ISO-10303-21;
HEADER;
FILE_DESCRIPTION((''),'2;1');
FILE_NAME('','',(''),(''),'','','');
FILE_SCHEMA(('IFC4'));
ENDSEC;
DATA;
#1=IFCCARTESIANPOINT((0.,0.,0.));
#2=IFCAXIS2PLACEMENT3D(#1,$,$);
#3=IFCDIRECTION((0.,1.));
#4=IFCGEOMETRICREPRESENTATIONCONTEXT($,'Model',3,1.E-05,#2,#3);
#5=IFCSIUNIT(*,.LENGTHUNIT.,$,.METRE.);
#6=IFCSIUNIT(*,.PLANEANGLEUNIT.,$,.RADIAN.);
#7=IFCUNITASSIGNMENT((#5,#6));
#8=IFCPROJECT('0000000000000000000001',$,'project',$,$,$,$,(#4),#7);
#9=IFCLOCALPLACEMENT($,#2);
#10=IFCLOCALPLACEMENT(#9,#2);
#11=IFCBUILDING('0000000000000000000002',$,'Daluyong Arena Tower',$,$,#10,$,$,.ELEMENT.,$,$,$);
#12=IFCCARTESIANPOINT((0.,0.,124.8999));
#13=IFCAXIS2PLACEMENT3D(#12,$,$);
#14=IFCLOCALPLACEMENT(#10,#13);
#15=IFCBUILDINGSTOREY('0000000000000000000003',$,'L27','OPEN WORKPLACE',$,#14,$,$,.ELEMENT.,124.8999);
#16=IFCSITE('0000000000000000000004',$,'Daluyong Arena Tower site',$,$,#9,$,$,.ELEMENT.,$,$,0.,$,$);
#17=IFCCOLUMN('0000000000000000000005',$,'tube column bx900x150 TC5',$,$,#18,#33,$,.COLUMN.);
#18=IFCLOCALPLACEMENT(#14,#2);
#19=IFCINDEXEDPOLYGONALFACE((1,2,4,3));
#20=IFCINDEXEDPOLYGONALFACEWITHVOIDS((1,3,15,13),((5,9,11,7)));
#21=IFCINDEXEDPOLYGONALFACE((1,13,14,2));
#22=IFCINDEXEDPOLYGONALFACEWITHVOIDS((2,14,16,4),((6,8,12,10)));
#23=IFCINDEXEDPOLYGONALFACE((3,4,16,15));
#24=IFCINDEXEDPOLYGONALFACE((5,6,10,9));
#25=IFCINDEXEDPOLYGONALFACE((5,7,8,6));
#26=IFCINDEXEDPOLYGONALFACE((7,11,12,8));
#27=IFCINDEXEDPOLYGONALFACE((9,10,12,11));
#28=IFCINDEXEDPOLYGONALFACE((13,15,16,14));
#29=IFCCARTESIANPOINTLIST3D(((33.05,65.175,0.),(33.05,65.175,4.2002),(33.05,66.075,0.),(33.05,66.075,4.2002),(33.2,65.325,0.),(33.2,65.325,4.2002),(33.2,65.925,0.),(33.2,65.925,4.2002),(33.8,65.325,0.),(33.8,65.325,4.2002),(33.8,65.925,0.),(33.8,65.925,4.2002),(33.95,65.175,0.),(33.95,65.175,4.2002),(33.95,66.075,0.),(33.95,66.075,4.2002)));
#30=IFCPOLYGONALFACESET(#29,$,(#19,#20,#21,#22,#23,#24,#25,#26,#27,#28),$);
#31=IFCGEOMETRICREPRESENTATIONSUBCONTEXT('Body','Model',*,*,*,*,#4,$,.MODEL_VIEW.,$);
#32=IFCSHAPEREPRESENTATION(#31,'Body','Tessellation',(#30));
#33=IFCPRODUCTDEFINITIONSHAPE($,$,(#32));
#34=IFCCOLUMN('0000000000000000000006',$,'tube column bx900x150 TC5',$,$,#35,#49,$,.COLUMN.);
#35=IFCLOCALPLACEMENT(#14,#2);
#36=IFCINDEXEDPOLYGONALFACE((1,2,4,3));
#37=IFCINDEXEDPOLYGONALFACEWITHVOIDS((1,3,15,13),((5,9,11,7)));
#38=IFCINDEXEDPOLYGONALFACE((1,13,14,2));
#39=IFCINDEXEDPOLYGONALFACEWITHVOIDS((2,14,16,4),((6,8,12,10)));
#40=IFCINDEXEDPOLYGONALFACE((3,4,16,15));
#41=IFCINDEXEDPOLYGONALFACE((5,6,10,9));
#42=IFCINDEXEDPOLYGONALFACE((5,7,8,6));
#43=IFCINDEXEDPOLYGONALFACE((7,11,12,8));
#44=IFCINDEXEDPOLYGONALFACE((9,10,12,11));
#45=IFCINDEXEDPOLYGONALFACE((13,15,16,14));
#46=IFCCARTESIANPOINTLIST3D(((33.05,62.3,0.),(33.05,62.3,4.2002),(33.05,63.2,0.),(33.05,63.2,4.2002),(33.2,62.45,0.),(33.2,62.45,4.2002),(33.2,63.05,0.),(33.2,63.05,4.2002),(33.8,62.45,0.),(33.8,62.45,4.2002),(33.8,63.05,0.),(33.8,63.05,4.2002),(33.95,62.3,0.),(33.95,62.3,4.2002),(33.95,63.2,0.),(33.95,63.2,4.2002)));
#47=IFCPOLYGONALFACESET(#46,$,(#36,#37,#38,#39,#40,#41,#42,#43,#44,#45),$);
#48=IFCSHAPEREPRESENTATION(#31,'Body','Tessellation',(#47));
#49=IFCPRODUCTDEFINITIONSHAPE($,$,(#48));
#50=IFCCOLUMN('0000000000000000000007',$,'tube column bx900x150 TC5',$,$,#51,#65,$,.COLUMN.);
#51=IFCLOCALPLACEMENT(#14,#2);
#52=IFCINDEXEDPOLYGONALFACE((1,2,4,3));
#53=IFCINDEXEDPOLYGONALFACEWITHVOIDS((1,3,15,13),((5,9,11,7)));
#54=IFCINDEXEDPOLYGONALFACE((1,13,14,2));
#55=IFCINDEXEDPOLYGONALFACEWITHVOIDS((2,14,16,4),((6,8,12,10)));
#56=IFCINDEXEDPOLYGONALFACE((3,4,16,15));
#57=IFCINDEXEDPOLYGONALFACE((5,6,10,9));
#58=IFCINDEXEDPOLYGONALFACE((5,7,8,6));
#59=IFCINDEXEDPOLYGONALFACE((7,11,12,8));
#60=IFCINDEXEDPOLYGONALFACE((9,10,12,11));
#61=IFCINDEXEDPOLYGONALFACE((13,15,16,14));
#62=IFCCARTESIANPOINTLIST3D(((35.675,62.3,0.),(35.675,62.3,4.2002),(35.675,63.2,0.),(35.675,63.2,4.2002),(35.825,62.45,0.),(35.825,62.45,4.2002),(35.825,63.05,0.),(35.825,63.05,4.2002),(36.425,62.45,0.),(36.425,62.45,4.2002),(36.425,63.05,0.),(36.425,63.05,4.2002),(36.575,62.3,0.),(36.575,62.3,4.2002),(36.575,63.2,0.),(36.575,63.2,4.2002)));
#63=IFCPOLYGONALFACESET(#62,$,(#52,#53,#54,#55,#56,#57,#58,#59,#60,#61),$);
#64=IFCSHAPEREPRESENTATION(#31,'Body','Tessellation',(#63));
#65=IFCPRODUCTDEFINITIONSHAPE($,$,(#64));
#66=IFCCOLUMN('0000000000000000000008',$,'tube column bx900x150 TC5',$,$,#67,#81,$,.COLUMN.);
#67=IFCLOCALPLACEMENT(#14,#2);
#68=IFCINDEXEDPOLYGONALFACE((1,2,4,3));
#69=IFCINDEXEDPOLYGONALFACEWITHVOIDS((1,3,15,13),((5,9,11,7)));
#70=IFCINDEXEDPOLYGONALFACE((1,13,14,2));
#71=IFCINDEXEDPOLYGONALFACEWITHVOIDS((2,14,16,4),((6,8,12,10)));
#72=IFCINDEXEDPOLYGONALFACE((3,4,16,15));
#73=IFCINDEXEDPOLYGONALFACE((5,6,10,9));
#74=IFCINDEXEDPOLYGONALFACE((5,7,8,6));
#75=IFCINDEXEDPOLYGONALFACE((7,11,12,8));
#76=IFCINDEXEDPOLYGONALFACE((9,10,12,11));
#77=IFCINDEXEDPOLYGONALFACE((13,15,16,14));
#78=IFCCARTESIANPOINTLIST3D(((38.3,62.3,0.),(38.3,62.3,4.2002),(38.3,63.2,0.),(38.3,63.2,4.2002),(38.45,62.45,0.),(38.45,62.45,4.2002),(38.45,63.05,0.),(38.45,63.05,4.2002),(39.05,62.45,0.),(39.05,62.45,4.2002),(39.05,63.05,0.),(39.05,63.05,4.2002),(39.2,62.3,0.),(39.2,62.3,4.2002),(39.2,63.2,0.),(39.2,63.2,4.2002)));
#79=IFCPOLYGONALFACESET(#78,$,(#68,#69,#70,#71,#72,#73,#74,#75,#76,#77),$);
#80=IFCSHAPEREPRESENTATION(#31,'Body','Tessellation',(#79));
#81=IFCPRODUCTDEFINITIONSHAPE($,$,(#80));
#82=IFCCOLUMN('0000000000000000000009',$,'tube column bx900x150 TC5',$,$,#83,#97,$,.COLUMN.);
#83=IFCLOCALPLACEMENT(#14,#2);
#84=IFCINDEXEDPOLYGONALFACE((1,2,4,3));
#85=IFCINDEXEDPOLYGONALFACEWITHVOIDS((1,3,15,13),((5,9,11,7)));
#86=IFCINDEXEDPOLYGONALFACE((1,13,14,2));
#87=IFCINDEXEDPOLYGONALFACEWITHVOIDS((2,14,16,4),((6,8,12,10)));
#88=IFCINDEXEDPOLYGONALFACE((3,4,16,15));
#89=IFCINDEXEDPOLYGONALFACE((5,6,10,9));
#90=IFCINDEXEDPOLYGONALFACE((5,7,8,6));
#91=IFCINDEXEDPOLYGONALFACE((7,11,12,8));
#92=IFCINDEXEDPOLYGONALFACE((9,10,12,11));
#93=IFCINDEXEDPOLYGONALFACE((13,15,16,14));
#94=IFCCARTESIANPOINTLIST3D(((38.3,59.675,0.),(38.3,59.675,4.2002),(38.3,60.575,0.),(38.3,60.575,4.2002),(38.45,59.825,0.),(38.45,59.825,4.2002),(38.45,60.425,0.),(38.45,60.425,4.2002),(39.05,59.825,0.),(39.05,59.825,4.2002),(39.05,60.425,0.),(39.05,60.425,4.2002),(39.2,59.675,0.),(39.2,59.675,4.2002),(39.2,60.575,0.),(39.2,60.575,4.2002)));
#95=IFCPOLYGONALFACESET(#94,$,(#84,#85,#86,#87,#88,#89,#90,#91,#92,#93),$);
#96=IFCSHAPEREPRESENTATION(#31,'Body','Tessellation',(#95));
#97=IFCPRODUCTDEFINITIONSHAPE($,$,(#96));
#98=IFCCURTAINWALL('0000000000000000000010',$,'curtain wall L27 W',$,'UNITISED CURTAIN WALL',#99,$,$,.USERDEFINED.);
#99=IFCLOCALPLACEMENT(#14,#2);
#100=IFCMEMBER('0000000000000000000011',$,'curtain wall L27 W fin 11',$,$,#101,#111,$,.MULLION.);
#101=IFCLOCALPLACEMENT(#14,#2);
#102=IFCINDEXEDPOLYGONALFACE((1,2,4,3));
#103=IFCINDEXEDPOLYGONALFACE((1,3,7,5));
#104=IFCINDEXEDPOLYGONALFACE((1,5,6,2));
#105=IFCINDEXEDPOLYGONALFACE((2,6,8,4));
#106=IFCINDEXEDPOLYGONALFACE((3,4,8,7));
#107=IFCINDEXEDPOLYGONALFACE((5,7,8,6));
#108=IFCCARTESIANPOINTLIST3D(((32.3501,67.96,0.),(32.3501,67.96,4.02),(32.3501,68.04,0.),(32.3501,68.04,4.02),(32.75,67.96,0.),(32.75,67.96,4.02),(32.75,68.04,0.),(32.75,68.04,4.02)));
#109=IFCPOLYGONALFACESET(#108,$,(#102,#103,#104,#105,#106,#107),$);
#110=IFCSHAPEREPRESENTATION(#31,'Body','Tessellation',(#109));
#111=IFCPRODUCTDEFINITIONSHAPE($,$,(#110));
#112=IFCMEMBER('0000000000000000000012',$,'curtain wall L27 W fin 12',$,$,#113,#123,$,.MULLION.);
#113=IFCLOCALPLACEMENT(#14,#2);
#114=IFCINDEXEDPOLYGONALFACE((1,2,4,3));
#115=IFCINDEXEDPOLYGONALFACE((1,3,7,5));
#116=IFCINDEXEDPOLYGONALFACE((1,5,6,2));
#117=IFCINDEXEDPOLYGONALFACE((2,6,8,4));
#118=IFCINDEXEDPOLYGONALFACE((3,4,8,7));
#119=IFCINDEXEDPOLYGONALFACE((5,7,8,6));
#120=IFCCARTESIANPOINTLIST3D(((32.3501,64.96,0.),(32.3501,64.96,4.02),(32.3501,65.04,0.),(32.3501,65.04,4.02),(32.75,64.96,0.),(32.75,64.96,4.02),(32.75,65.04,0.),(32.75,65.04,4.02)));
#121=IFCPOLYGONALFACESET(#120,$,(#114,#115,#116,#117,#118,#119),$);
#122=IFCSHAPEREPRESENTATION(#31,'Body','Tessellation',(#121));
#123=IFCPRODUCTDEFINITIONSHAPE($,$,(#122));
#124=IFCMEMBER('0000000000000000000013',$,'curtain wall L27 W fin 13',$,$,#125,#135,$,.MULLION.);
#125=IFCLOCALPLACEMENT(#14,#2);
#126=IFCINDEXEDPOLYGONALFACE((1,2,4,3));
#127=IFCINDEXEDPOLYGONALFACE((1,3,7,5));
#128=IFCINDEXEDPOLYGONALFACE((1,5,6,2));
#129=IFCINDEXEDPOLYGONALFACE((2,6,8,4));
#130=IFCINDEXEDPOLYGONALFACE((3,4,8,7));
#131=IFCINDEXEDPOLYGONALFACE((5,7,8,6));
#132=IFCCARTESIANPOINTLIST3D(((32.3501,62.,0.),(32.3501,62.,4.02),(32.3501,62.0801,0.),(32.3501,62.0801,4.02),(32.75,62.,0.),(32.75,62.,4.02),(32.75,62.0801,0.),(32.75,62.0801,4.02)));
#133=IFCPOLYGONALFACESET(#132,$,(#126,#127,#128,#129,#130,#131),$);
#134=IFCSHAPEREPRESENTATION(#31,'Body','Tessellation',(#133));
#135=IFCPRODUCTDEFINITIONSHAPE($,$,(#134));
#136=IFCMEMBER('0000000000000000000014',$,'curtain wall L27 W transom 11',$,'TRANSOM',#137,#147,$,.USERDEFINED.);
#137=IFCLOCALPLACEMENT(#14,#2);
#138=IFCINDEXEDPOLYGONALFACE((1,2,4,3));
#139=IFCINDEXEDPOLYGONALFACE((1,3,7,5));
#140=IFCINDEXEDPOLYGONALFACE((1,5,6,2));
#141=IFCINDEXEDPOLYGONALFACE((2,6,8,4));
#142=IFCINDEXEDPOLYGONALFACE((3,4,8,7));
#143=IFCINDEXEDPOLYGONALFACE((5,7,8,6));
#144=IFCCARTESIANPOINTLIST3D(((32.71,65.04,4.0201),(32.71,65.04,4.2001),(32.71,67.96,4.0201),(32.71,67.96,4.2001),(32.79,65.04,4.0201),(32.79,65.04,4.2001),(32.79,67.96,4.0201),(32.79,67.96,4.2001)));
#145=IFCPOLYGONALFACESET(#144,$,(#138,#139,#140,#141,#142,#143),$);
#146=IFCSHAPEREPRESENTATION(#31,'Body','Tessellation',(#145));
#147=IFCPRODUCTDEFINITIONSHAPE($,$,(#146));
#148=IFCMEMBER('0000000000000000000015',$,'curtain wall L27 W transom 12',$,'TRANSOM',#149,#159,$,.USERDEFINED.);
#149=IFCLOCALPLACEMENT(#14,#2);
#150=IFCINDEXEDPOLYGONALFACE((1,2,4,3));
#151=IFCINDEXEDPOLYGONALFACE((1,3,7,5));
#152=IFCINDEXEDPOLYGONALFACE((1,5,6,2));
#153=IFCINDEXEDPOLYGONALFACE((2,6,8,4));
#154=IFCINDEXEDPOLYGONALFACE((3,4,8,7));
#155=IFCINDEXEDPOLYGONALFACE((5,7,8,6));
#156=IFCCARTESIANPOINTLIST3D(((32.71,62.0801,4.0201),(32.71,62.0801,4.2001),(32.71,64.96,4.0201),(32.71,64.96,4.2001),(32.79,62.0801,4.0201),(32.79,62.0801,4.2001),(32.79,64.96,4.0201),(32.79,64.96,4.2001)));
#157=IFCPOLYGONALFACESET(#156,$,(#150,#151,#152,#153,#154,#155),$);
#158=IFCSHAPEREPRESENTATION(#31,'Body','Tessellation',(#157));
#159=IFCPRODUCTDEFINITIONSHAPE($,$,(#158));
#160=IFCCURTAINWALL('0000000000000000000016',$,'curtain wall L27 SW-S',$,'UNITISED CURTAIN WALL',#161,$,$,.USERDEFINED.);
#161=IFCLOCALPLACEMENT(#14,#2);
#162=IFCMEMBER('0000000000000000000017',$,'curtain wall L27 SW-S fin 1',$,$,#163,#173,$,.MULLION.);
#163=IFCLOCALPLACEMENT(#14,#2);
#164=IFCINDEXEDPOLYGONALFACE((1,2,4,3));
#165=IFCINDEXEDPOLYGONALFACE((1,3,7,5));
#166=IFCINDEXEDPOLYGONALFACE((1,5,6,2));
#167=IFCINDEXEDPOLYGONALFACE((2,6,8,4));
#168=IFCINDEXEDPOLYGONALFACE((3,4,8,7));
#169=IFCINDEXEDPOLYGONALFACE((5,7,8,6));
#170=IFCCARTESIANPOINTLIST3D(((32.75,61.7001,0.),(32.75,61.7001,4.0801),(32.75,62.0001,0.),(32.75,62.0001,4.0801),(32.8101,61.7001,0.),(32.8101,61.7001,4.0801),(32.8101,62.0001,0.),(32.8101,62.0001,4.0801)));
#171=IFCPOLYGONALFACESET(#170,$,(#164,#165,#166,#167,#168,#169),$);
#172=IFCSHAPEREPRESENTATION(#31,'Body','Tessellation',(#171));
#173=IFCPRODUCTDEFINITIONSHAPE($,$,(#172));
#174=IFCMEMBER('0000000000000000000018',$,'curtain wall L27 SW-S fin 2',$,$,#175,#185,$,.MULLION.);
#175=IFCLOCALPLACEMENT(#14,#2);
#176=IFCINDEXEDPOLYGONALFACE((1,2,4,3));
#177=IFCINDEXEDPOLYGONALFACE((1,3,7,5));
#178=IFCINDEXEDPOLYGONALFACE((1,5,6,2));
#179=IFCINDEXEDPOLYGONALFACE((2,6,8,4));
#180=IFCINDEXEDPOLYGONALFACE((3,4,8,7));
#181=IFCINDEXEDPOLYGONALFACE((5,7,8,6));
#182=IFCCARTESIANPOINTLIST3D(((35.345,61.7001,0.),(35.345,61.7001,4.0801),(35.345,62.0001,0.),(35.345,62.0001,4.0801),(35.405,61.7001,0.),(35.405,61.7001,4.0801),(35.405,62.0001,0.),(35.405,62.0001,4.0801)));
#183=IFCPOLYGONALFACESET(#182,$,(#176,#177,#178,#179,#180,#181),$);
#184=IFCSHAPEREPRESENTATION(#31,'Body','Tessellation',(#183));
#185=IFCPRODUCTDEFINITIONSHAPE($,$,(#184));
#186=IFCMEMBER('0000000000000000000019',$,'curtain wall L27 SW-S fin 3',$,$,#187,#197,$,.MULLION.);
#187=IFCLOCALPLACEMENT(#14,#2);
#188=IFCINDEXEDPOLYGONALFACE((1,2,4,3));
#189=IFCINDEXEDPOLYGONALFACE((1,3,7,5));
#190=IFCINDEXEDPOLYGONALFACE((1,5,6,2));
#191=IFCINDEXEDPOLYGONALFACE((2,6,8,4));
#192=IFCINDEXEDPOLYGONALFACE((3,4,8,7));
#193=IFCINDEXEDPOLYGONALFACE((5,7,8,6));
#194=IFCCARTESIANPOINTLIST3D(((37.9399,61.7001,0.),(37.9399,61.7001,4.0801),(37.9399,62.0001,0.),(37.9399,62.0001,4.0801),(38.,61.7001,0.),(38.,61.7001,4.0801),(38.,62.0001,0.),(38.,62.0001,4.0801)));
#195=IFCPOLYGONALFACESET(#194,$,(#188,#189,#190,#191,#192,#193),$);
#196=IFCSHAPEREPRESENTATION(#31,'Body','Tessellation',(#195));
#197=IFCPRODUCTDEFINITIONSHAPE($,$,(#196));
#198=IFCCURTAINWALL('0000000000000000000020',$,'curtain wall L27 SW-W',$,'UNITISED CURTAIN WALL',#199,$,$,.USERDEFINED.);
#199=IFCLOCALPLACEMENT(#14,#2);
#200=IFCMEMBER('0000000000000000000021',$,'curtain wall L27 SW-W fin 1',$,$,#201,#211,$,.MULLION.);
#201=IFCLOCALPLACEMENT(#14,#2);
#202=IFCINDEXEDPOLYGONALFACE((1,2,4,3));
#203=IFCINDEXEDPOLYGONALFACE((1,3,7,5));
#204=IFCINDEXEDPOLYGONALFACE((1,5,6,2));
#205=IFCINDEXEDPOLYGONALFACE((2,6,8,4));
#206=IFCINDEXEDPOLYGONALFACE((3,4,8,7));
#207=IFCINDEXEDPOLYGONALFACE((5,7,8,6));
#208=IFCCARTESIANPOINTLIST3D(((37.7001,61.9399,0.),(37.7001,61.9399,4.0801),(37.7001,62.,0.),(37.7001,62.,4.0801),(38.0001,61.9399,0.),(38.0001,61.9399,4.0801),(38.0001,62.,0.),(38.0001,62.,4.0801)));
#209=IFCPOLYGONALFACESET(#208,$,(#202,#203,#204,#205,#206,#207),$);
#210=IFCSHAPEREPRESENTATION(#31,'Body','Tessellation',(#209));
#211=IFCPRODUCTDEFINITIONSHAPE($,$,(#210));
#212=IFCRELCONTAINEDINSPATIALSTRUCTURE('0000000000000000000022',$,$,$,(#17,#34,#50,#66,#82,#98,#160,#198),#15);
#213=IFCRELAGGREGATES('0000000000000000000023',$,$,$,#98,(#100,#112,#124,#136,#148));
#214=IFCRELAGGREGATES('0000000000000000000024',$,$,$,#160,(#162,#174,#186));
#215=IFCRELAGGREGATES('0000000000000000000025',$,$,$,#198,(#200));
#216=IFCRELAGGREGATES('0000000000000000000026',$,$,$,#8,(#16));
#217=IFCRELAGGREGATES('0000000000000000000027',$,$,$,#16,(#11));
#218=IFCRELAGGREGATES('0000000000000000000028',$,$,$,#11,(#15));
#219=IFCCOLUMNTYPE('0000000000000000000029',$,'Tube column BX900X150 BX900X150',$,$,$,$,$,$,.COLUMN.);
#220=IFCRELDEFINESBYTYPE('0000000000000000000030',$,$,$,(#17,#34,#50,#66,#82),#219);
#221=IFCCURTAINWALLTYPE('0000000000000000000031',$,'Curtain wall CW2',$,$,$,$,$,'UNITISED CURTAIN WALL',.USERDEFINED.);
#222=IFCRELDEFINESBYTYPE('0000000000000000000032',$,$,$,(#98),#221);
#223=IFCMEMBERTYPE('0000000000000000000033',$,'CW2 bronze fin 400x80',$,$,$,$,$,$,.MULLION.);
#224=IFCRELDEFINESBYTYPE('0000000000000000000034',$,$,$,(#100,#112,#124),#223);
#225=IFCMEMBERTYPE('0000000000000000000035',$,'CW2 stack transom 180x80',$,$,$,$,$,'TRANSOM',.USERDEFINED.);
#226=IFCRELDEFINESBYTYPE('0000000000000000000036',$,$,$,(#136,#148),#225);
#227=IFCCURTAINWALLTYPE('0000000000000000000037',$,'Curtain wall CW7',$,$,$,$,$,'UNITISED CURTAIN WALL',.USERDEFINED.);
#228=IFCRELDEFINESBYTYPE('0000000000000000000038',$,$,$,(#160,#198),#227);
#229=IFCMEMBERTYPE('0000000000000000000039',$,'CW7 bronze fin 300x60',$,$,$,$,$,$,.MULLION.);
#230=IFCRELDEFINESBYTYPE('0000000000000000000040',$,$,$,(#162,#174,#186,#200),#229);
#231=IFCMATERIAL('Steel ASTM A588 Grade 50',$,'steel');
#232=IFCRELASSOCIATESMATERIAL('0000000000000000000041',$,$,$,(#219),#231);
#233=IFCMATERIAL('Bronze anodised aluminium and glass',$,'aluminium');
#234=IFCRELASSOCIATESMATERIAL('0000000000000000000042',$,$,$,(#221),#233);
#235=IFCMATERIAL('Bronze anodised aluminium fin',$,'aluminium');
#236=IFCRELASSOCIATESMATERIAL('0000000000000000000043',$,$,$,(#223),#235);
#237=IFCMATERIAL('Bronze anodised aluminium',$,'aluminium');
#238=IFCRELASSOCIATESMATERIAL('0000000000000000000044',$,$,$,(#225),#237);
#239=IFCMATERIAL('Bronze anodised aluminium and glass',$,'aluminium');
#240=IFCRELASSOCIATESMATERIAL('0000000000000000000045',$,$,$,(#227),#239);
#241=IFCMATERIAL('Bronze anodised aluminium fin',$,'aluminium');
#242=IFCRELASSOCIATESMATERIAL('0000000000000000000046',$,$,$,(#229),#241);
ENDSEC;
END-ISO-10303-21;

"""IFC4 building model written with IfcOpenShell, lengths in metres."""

from ifc_helpers import new_model, si_unit, direction, frame, origin, origin_2d, place, context, subcontext, project, spatial, rectangle, hollow_rectangle, extrude, material, material_profile, profile_set, type_object, element, aggregate, save


model = new_model("IFC4")

# Units and contexts
model_context = context("Model", 3, precision=1e-05, world=origin(), true_north=direction((0.0, 1.0)))
body_context = subcontext(model_context, "Body", "Model", "MODEL_VIEW")
ifc_project = project(units=[si_unit("LENGTHUNIT", "METRE"), si_unit("PLANEANGLEUNIT", "RADIAN")], contexts=[model_context])

# Site, building, storey
site_placement = place(None, origin())
site = spatial("IfcSite", under=ifc_project, at=site_placement, Name="Daluyong Arena Tower site", CompositionType="ELEMENT", RefElevation=0.0)
building_placement = place(site_placement, origin())
building = spatial("IfcBuilding", under=site, at=building_placement, Name="Daluyong Arena Tower", CompositionType="ELEMENT")
storey_placement = place(building_placement, frame((0.0, 0.0, 124.8999)))
storey = spatial("IfcBuildingStorey", under=building, at=storey_placement, Name="L27", Description="OPEN WORKPLACE", CompositionType="ELEMENT", Elevation=124.8999)

# Columns
ifc_material_1 = material(Name="Steel ASTM A588 Grade 50", Category="steel")
ifc_material_profile_1 = material_profile(ifc_material_1, hollow_rectangle(XDim=0.8999, YDim=0.8999, WallThickness=0.15, at=origin_2d()))
ifc_profile_set_1 = profile_set([ifc_material_profile_1], Name="Steel ASTM A588 Grade 50")
column_type = type_object("IfcColumnType", Name="Tube column BX900X150 BX900X150", PredefinedType="COLUMN", material=ifc_profile_set_1)
for number, where, z_axis, x_axis, name in (
    (1, (33.5, 65.625, 0.0), (0.0, 0.0, 1.0), (0.0, 1.0, 0.0), "tube column bx900x150 TC5"),
    (2, (33.5, 62.75, 0.0), (0.0, 0.0, 1.0), (1.0, 0.0, 0.0), "tube column bx900x150 TC5"),
    (3, (36.125, 62.75, 0.0), (0.0, 0.0, 1.0), (1.0, 0.0, 0.0), "tube column bx900x150 TC5"),
    (4, (38.75, 62.75, 0.0), (0.0, 0.0, 1.0), (0.0, 1.0, 0.0), "tube column bx900x150 TC5"),
    (5, (38.75, 60.125, 0.0), (0.0, 0.0, 1.0), (0.0, 1.0, 0.0), "tube column bx900x150 TC5"),
):
    element("IfcColumn", number, at=place(storey_placement, frame(where, z_axis=z_axis, x_axis=x_axis)), inside=storey, type_object=column_type, Name=name, PredefinedType="COLUMN", context=body_context, shape_type="SweptSolid", body=[
        extrude(hollow_rectangle(XDim=0.8999, YDim=0.8999, WallThickness=0.15, at=origin_2d()), origin(), (0.0, 0.0, 1.0), 4.2002),
    ])

# Curtain walls, members
ifc_material_2 = material(Name="Bronze anodised aluminium and glass", Category="aluminium")
curtain_wall_type_1 = type_object("IfcCurtainWallType", Name="Curtain wall CW2", ElementType="UNITISED CURTAIN WALL", PredefinedType="USERDEFINED", material=ifc_material_2)
curtain_wall_1_placement = place(storey_placement, origin())
curtain_wall_1 = element("IfcCurtainWall", 6, at=curtain_wall_1_placement, inside=storey, type_object=curtain_wall_type_1, Name="curtain wall L27 W", ObjectType="UNITISED CURTAIN WALL", PredefinedType="USERDEFINED")
ifc_material_3 = material(Name="Bronze anodised aluminium fin", Category="aluminium")
ifc_material_profile_2 = material_profile(ifc_material_3, rectangle(XDim=0.3999, YDim=0.0801, at=origin_2d()))
ifc_profile_set_2 = profile_set([ifc_material_profile_2], Name="Bronze anodised aluminium fin")
member_type_1 = type_object("IfcMemberType", Name="CW2 bronze fin 400x80", PredefinedType="MULLION", material=ifc_profile_set_2)
member_1_placement = place(storey_placement, frame((32.55, 68.0, 0.0), z_axis=(0.0, 0.0, 1.0), x_axis=(1.0, 0.0, 0.0)))
member_1 = element("IfcMember", 7, at=member_1_placement, type_object=member_type_1, Name="curtain wall L27 W fin 11", PredefinedType="MULLION", context=body_context, shape_type="SweptSolid", body=[
    extrude(rectangle(XDim=0.3999, YDim=0.0801, at=origin_2d()), origin(), (0.0, 0.0, 1.0), 4.02),
])
member_2_placement = place(storey_placement, frame((32.55, 65.0, 0.0), z_axis=(0.0, 0.0, 1.0), x_axis=(1.0, 0.0, 0.0)))
member_2 = element("IfcMember", 8, at=member_2_placement, type_object=member_type_1, Name="curtain wall L27 W fin 12", PredefinedType="MULLION", context=body_context, shape_type="SweptSolid", body=[
    extrude(rectangle(XDim=0.3999, YDim=0.0801, at=origin_2d()), origin(), (0.0, 0.0, 1.0), 4.02),
])
member_3_placement = place(storey_placement, frame((32.55, 62.04, 0.0), z_axis=(0.0, 0.0, 1.0), x_axis=(1.0, 0.0, 0.0)))
member_3 = element("IfcMember", 9, at=member_3_placement, type_object=member_type_1, Name="curtain wall L27 W fin 13", PredefinedType="MULLION", context=body_context, shape_type="SweptSolid", body=[
    extrude(rectangle(XDim=0.3999, YDim=0.0801, at=origin_2d()), origin(), (0.0, 0.0, 1.0), 4.02),
])
ifc_material_4 = material(Name="Bronze anodised aluminium", Category="aluminium")
ifc_material_profile_3 = material_profile(ifc_material_4, rectangle(XDim=0.0801, YDim=0.1799, at=origin_2d()))
ifc_profile_set_3 = profile_set([ifc_material_profile_3], Name="Bronze anodised aluminium")
member_type_2 = type_object("IfcMemberType", Name="CW2 stack transom 180x80", ElementType="TRANSOM", PredefinedType="USERDEFINED", material=ifc_profile_set_3)
member_4_placement = place(storey_placement, frame((32.75, 67.96, 4.1101), z_axis=(0.0, -1.0, 0.0), x_axis=(1.0, 0.0, 0.0)))
member_4 = element("IfcMember", 10, at=member_4_placement, type_object=member_type_2, Name="curtain wall L27 W transom 11", ObjectType="TRANSOM", PredefinedType="USERDEFINED", context=body_context, shape_type="SweptSolid", body=[
    extrude(rectangle(XDim=0.0801, YDim=0.1799, at=origin_2d()), origin(), (0.0, 0.0, 1.0), 2.9199),
])
member_5_placement = place(storey_placement, frame((32.75, 64.96, 4.1101), z_axis=(0.0, -1.0, 0.0), x_axis=(1.0, 0.0, 0.0)))
member_5 = element("IfcMember", 11, at=member_5_placement, type_object=member_type_2, Name="curtain wall L27 W transom 12", ObjectType="TRANSOM", PredefinedType="USERDEFINED", context=body_context, shape_type="SweptSolid", body=[
    extrude(rectangle(XDim=0.0801, YDim=0.1799, at=origin_2d()), origin(), (0.0, 0.0, 1.0), 2.8799),
])
ifc_material_5 = material(Name="Bronze anodised aluminium and glass", Category="aluminium")
curtain_wall_type_2 = type_object("IfcCurtainWallType", Name="Curtain wall CW7", ElementType="UNITISED CURTAIN WALL", PredefinedType="USERDEFINED", material=ifc_material_5)
curtain_wall_2_placement = place(storey_placement, origin())
curtain_wall_2 = element("IfcCurtainWall", 12, at=curtain_wall_2_placement, inside=storey, type_object=curtain_wall_type_2, Name="curtain wall L27 SW-S", ObjectType="UNITISED CURTAIN WALL", PredefinedType="USERDEFINED")
ifc_material_6 = material(Name="Bronze anodised aluminium fin", Category="aluminium")
ifc_material_profile_4 = material_profile(ifc_material_6, rectangle(XDim=0.3, YDim=0.0601, at=origin_2d()))
ifc_profile_set_4 = profile_set([ifc_material_profile_4], Name="Bronze anodised aluminium fin")
member_type_3 = type_object("IfcMemberType", Name="CW7 bronze fin 300x60", PredefinedType="MULLION", material=ifc_profile_set_4)
member_6_placement = place(storey_placement, frame((32.78, 61.8501, 0.0), z_axis=(0.0, 0.0, 1.0), x_axis=(0.0, 1.0, 0.0)))
member_6 = element("IfcMember", 13, at=member_6_placement, type_object=member_type_3, Name="curtain wall L27 SW-S fin 1", PredefinedType="MULLION", context=body_context, shape_type="SweptSolid", body=[
    extrude(rectangle(XDim=0.3, YDim=0.0601, at=origin_2d()), origin(), (0.0, 0.0, 1.0), 4.0801),
])
member_7_placement = place(storey_placement, frame((35.375, 61.8501, 0.0), z_axis=(0.0, 0.0, 1.0), x_axis=(0.0, 1.0, 0.0)))
member_7 = element("IfcMember", 14, at=member_7_placement, type_object=member_type_3, Name="curtain wall L27 SW-S fin 2", PredefinedType="MULLION", context=body_context, shape_type="SweptSolid", body=[
    extrude(rectangle(XDim=0.3, YDim=0.0601, at=origin_2d()), origin(), (0.0, 0.0, 1.0), 4.0801),
])
member_8_placement = place(storey_placement, frame((37.97, 61.8501, 0.0), z_axis=(0.0, 0.0, 1.0), x_axis=(0.0, 1.0, 0.0)))
member_8 = element("IfcMember", 15, at=member_8_placement, type_object=member_type_3, Name="curtain wall L27 SW-S fin 3", PredefinedType="MULLION", context=body_context, shape_type="SweptSolid", body=[
    extrude(rectangle(XDim=0.3, YDim=0.0601, at=origin_2d()), origin(), (0.0, 0.0, 1.0), 4.0801),
])
curtain_wall_3_placement = place(storey_placement, origin())
curtain_wall_3 = element("IfcCurtainWall", 16, at=curtain_wall_3_placement, inside=storey, type_object=curtain_wall_type_2, Name="curtain wall L27 SW-W", ObjectType="UNITISED CURTAIN WALL", PredefinedType="USERDEFINED")
member_9_placement = place(storey_placement, frame((37.8501, 61.97, 0.0), z_axis=(0.0, 0.0, 1.0), x_axis=(1.0, 0.0, 0.0)))
member_9 = element("IfcMember", 17, at=member_9_placement, type_object=member_type_3, Name="curtain wall L27 SW-W fin 1", PredefinedType="MULLION", context=body_context, shape_type="SweptSolid", body=[
    extrude(rectangle(XDim=0.3, YDim=0.0601, at=origin_2d()), origin(), (0.0, 0.0, 1.0), 4.0801),
])

aggregate(curtain_wall_1, [member_1, member_2, member_3, member_4, member_5])
aggregate(curtain_wall_2, [member_6, member_7, member_8])
aggregate(curtain_wall_3, [member_9])

save(model, "model.ifc")
